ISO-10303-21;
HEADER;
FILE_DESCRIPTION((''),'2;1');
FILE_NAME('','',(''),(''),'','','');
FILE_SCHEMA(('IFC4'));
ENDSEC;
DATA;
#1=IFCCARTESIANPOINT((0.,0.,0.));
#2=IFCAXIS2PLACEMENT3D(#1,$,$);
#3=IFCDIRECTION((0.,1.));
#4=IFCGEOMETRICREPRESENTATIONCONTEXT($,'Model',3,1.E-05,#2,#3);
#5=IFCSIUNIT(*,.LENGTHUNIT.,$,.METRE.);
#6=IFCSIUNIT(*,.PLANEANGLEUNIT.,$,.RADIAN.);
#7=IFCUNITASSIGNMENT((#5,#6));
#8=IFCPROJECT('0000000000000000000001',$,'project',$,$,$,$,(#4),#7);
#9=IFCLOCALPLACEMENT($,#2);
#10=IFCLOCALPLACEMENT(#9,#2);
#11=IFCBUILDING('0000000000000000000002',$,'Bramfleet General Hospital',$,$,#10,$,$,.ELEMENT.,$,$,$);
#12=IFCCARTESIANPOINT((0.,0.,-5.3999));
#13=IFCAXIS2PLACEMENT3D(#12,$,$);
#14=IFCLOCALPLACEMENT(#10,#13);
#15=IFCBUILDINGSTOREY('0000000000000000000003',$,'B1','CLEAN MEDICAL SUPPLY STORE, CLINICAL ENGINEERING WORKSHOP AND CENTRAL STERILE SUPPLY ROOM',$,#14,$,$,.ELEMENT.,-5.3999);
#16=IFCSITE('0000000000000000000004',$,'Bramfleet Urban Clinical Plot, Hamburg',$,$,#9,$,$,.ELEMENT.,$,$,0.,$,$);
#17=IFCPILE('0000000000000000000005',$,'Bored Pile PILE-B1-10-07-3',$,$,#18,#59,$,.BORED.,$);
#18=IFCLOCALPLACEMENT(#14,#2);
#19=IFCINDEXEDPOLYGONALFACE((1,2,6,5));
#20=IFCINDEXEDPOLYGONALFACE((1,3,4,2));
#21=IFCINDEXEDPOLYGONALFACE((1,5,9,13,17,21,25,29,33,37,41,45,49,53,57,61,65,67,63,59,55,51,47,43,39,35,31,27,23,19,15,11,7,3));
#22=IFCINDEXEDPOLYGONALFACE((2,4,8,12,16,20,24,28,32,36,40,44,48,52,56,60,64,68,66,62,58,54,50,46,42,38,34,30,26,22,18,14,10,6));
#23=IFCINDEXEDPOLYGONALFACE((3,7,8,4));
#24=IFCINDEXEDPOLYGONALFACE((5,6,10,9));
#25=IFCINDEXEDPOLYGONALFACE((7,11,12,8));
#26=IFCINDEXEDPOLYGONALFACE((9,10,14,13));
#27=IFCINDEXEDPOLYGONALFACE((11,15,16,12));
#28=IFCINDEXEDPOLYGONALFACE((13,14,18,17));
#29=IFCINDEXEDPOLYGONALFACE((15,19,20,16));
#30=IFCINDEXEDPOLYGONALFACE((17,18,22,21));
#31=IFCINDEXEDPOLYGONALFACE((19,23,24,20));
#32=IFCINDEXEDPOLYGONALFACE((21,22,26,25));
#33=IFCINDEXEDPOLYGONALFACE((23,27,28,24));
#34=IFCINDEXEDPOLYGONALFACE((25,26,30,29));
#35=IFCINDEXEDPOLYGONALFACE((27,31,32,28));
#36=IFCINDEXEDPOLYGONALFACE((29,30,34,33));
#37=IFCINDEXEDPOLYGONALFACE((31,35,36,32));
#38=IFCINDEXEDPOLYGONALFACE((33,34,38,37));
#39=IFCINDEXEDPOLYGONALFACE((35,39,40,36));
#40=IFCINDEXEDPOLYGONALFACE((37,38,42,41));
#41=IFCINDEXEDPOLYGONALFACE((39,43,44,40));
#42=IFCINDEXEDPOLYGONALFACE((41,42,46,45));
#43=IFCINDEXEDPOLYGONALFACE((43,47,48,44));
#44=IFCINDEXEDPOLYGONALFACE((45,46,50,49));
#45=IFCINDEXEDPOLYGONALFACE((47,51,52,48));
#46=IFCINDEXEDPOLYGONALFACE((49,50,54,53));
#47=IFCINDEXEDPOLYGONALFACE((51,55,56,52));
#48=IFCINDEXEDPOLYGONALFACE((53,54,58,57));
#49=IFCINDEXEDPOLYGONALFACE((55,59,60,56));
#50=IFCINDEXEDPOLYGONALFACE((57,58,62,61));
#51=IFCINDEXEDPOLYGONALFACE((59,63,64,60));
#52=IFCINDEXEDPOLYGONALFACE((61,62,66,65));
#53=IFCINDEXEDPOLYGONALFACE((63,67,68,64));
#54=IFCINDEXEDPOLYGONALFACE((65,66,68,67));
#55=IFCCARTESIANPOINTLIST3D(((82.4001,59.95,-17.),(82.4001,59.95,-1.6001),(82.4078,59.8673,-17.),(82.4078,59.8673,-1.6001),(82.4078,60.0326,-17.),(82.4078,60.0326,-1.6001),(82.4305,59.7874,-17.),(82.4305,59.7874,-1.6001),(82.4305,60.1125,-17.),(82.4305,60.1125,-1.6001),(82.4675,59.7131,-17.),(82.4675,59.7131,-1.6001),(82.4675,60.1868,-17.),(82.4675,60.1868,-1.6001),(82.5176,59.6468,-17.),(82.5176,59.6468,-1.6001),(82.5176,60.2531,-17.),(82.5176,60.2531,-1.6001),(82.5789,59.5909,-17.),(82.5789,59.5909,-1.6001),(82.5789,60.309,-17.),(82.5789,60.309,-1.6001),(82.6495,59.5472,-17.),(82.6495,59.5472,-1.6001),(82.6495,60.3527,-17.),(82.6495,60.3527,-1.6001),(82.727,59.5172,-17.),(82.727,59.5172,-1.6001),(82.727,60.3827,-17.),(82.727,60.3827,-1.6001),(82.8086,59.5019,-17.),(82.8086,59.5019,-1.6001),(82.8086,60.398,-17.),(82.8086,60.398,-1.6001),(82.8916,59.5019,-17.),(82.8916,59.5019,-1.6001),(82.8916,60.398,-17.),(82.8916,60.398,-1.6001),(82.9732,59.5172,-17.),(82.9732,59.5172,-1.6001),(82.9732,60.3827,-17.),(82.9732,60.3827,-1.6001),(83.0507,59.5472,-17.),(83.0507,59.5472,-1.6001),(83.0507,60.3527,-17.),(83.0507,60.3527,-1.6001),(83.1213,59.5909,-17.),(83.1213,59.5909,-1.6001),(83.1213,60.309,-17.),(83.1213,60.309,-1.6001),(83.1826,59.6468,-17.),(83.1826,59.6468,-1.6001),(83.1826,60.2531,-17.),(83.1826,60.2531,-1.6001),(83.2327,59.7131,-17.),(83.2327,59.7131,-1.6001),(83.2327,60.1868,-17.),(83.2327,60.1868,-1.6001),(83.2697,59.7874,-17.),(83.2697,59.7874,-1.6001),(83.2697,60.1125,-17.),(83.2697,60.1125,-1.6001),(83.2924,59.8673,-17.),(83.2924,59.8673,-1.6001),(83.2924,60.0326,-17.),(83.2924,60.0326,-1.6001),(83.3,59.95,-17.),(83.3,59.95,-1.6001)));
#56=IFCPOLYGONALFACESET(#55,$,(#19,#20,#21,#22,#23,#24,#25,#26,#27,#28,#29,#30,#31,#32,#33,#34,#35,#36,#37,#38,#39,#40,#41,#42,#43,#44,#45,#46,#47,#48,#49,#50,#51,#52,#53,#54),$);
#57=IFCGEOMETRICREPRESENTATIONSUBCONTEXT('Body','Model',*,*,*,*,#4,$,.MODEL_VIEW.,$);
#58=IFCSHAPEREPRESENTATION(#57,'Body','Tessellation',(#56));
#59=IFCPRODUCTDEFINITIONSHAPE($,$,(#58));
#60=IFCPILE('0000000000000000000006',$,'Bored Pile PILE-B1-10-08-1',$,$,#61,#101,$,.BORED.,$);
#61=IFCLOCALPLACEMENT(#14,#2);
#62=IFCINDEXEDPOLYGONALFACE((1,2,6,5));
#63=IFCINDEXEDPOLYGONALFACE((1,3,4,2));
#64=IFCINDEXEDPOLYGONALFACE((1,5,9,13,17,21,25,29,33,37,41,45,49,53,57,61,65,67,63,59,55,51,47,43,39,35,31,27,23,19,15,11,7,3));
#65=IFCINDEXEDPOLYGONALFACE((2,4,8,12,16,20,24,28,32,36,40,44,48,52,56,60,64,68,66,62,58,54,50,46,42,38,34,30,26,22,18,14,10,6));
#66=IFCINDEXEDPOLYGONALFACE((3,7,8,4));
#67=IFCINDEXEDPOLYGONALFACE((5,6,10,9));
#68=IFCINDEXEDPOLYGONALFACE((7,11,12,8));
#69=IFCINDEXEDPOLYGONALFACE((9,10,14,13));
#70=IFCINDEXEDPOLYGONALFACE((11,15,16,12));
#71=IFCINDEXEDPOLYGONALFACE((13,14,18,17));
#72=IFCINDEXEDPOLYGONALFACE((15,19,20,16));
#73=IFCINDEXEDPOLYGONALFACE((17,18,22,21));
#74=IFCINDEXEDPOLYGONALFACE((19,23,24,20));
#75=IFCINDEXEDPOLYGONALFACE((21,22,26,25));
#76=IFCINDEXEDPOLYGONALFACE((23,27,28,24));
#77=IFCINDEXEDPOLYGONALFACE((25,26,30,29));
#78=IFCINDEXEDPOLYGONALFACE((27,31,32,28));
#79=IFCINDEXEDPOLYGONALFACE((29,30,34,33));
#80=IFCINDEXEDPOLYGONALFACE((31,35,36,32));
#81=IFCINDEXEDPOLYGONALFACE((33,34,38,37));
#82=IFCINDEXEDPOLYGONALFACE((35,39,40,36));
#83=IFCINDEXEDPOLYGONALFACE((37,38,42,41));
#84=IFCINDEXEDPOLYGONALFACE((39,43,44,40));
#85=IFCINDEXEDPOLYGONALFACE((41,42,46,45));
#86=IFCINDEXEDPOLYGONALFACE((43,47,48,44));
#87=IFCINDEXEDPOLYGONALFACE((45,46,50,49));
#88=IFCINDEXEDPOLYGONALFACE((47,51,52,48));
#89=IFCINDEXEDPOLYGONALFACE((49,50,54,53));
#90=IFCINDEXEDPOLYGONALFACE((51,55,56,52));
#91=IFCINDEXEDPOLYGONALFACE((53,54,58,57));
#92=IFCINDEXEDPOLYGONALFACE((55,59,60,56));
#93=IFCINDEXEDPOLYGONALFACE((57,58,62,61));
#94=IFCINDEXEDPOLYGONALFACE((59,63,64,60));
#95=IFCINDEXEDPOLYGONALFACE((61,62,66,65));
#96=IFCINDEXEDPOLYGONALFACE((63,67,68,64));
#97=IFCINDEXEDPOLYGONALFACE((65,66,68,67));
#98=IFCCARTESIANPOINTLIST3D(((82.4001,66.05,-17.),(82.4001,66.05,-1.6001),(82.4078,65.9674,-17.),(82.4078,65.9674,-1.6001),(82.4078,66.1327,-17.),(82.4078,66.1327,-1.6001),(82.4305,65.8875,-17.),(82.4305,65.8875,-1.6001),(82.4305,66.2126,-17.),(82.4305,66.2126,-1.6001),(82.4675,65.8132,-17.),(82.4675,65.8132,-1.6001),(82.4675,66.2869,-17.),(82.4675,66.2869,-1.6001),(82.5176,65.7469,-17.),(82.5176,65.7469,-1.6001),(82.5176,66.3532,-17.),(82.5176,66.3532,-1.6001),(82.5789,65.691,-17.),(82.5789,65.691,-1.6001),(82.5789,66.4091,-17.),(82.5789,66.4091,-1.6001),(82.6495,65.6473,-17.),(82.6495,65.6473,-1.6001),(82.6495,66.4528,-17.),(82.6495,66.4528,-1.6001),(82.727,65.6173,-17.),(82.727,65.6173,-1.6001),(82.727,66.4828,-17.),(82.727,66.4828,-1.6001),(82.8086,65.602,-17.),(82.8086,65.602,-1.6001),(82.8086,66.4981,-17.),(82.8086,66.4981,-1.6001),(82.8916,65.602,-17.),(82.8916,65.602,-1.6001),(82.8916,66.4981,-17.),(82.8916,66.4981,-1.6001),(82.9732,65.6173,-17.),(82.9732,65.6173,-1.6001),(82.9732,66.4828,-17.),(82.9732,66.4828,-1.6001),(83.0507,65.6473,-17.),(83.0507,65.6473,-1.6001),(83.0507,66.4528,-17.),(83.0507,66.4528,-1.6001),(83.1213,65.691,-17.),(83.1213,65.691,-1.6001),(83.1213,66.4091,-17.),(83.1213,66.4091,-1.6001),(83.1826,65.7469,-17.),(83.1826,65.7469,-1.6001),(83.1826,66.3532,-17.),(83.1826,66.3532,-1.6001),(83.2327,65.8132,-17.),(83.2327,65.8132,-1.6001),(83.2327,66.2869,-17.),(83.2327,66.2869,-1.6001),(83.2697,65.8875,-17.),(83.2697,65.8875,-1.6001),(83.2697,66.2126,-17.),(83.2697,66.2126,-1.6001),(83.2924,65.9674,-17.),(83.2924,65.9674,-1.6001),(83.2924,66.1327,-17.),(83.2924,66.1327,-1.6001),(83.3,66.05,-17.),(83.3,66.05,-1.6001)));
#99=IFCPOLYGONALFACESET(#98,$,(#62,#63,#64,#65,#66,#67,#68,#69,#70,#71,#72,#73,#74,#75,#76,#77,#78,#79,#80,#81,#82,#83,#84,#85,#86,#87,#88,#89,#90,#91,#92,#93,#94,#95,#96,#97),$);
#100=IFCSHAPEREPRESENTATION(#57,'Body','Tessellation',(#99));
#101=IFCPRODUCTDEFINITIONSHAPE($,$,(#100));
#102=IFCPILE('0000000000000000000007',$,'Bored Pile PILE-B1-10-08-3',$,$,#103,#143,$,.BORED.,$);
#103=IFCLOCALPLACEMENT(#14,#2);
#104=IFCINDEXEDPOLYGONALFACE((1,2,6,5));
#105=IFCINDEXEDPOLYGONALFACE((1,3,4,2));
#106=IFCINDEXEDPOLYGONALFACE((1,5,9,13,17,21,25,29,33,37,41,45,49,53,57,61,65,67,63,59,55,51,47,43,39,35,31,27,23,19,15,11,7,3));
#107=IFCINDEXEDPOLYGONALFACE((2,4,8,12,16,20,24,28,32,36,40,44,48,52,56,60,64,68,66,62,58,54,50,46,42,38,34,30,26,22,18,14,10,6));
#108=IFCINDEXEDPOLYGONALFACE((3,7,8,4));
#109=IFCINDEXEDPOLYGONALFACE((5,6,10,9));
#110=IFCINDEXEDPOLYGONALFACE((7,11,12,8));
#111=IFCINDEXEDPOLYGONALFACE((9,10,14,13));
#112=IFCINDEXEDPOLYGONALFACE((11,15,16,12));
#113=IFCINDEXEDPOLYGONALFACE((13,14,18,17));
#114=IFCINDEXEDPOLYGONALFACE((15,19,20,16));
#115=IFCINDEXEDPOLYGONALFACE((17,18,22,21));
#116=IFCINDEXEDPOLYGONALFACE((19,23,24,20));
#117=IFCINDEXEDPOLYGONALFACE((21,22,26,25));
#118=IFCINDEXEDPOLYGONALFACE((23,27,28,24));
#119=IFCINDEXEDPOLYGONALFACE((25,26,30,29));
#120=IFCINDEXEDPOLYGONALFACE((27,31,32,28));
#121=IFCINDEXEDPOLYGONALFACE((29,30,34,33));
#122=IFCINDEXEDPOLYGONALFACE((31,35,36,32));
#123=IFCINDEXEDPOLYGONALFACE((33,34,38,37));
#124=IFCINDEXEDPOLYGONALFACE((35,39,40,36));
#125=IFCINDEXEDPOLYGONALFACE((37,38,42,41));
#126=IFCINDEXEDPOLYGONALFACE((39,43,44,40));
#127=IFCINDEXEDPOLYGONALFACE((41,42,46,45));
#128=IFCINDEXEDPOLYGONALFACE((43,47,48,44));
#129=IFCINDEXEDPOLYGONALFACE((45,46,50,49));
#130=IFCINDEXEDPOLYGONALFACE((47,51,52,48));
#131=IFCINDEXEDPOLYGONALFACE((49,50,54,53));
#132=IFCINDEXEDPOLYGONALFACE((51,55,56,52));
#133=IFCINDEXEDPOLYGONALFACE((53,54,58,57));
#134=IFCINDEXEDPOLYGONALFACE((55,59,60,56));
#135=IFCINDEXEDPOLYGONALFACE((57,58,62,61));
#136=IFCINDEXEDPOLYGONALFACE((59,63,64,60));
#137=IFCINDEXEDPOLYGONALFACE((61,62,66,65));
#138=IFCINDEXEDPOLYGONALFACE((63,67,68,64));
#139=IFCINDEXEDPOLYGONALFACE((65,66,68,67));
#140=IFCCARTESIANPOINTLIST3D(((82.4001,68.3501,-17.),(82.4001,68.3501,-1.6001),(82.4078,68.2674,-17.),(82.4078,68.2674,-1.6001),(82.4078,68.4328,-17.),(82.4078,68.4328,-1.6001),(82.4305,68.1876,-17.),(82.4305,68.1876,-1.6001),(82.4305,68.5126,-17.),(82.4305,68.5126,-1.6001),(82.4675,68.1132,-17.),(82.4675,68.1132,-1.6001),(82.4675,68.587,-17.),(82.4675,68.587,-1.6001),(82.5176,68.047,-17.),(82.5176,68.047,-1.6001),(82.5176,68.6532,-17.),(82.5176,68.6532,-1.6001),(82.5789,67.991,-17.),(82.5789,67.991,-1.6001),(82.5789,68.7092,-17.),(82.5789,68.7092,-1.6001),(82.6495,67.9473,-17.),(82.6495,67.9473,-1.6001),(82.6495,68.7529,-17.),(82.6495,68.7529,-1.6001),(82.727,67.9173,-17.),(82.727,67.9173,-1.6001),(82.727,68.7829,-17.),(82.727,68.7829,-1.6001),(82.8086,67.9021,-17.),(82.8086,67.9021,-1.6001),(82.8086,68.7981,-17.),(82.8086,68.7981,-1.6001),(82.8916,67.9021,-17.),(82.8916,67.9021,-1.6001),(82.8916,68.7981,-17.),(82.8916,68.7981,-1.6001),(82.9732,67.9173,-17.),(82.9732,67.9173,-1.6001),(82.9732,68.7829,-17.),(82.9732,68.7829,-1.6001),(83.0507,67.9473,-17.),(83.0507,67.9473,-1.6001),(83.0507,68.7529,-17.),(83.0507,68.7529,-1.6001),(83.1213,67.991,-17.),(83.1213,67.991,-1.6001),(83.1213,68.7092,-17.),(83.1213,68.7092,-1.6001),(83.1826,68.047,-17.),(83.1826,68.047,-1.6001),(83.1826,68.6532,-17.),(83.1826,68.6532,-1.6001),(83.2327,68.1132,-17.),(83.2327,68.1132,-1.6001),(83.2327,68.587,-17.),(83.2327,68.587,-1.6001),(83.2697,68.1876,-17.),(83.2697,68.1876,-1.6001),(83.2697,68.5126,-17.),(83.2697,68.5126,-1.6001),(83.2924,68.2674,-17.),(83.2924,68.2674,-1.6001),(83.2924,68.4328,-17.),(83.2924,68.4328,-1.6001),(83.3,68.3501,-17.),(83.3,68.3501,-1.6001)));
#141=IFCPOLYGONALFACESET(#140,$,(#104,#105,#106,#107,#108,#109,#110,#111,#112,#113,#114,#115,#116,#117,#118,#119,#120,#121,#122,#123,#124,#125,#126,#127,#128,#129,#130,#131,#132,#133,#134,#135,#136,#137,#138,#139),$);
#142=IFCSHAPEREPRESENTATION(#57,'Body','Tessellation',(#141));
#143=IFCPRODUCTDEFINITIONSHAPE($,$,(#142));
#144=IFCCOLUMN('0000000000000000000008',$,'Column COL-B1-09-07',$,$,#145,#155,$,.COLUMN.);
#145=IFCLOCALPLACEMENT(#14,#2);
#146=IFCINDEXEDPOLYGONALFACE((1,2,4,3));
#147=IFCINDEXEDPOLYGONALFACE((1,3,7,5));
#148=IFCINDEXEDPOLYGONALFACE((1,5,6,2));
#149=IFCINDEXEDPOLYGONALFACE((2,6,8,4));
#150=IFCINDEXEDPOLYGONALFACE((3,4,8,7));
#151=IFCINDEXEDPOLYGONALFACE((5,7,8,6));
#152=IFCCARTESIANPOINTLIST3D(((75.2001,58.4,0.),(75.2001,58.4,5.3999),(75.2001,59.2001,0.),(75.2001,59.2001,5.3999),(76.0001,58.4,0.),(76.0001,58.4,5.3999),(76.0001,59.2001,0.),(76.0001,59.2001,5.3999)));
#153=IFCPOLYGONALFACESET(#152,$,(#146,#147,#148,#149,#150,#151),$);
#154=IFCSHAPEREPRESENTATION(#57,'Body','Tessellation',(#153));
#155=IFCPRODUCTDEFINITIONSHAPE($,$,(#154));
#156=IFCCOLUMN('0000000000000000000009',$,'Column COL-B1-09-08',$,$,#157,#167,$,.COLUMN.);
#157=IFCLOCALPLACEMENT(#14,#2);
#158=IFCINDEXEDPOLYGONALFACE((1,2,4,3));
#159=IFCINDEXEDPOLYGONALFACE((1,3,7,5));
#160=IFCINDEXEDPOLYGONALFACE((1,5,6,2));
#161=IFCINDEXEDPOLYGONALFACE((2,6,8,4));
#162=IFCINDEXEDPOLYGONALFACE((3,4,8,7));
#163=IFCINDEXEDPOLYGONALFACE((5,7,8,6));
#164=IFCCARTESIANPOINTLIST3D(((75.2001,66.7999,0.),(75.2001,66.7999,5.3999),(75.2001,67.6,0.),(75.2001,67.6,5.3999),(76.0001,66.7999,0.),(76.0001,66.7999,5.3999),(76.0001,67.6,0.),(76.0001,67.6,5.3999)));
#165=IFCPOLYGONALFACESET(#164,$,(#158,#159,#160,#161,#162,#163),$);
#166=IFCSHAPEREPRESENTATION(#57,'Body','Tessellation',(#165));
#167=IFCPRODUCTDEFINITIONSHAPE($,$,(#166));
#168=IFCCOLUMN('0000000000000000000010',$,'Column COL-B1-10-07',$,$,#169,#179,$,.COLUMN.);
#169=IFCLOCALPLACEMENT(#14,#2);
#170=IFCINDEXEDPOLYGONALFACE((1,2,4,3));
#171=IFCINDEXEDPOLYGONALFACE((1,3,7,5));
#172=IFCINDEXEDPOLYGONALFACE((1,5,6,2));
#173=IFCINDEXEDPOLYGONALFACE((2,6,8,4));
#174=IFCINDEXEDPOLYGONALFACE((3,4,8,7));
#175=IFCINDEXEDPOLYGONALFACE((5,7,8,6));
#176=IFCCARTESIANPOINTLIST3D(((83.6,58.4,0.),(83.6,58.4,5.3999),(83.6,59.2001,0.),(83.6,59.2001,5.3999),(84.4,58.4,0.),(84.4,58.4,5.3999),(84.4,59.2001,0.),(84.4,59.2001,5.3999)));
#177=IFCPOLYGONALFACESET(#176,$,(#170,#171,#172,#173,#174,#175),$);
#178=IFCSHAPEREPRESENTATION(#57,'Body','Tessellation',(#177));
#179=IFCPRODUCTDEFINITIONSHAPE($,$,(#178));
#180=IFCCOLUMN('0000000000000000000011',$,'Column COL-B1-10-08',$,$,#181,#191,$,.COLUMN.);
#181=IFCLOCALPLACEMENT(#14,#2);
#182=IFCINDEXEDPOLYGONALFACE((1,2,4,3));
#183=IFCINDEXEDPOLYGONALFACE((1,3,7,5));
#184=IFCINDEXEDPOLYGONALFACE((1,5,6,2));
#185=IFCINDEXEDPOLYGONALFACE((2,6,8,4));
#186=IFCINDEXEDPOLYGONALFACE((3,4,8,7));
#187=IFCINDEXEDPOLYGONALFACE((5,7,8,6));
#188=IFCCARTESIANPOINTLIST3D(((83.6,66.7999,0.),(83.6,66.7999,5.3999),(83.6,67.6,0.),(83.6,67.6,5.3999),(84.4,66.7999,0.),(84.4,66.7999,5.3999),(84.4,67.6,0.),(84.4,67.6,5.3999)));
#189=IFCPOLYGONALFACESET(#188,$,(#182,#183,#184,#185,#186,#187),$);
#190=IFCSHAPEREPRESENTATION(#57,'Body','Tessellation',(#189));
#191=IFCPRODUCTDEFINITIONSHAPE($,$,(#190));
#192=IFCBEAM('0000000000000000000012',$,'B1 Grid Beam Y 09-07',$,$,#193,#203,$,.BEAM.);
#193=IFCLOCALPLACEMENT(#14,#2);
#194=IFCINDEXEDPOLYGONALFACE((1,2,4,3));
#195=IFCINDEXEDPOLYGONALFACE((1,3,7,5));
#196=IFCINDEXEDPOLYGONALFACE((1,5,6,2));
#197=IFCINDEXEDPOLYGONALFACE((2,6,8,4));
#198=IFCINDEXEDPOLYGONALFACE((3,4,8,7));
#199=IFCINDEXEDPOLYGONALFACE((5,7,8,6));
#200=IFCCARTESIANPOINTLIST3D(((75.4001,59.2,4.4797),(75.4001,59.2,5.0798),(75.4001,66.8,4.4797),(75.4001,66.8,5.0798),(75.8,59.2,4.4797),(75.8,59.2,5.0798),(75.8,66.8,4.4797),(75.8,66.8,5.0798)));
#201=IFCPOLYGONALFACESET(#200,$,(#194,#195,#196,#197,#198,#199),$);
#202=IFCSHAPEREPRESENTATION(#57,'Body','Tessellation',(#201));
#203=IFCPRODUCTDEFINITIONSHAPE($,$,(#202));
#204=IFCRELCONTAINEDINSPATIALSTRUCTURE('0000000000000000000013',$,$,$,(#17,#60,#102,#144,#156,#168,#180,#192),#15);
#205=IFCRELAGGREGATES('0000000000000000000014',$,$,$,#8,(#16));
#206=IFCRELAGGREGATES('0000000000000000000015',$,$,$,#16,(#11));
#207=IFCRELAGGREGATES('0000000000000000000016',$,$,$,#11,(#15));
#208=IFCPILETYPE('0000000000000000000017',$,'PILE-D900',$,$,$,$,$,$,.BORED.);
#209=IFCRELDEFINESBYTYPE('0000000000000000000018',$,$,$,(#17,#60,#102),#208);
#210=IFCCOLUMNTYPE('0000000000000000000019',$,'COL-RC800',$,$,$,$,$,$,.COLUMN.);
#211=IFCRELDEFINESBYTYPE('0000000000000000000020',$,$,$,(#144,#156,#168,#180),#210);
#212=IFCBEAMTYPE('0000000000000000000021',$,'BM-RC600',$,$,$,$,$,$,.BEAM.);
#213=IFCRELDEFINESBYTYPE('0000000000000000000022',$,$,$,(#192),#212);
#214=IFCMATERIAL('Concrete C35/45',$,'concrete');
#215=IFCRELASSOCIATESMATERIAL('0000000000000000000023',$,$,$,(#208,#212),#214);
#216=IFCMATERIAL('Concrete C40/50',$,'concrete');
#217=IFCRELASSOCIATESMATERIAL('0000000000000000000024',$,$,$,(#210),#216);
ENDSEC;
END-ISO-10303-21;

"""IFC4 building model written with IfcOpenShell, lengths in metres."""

from ifc_helpers import new_model, si_unit, direction, frame, origin, origin_2d, place, context, subcontext, project, spatial, rectangle, circle, extrude, material, material_profile, profile_set, type_object, element, save


model = new_model("IFC4")

# Units and contexts
model_context = context("Model", 3, precision=1e-05, world=origin(), true_north=direction((0.0, 1.0)))
body_context = subcontext(model_context, "Body", "Model", "MODEL_VIEW")
ifc_project = project(units=[si_unit("LENGTHUNIT", "METRE"), si_unit("PLANEANGLEUNIT", "RADIAN")], contexts=[model_context])

# Site, building, storey
site_placement = place(None, origin())
site = spatial("IfcSite", under=ifc_project, at=site_placement, Name="Bramfleet Urban Clinical Plot, Hamburg", CompositionType="ELEMENT", RefElevation=0.0)
building_placement = place(site_placement, origin())
building = spatial("IfcBuilding", under=site, at=building_placement, Name="Bramfleet General Hospital", CompositionType="ELEMENT")
storey_placement = place(building_placement, frame((0.0, 0.0, -5.3999)))
storey = spatial("IfcBuildingStorey", under=building, at=storey_placement, Name="B1", Description="CLEAN MEDICAL SUPPLY STORE, CLINICAL ENGINEERING WORKSHOP AND CENTRAL STERILE SUPPLY ROOM", CompositionType="ELEMENT", Elevation=-5.3999)

# Shared definitions
ifc_material_1 = material(Name="Concrete C35/45", Category="concrete")

# Piles
ifc_material_profile_1 = material_profile(ifc_material_1, circle(Radius=0.45, at=origin_2d()), Name="PILE BORED D900")
ifc_profile_set_1 = profile_set([ifc_material_profile_1], Name="Concrete C35/45")
pile_type = type_object("IfcPileType", Name="PILE-D900", PredefinedType="BORED", material=ifc_profile_set_1)
for number, where, z_axis, x_axis, name in (
    (1, (82.8501, 59.95, -1.6001), (0.0, 0.0, -1.0), (1.0, 0.0, 0.0), "Bored Pile PILE-B1-10-07-3"),
    (2, (82.8501, 66.05, -1.6001), (0.0, 0.0, -1.0), (1.0, 0.0, 0.0), "Bored Pile PILE-B1-10-08-1"),
    (3, (82.8501, 68.3501, -1.6001), (0.0, 0.0, -1.0), (1.0, 0.0, 0.0), "Bored Pile PILE-B1-10-08-3"),
):
    element("IfcPile", number, at=place(storey_placement, frame(where, z_axis=z_axis, x_axis=x_axis)), inside=storey, type_object=pile_type, Name=name, PredefinedType="BORED", context=body_context, shape_type="SweptSolid", body=[
        extrude(circle(Radius=0.45, at=origin_2d()), origin(), (0.0, 0.0, 1.0), 15.3999),
    ])

# Columns
ifc_material_2 = material(Name="Concrete C40/50", Category="concrete")
ifc_material_profile_2 = material_profile(ifc_material_2, rectangle(XDim=0.8, YDim=0.8, at=origin_2d()), Name="RC COL 800x800")
ifc_profile_set_2 = profile_set([ifc_material_profile_2], Name="Concrete C40/50")
column_type = type_object("IfcColumnType", Name="COL-RC800", PredefinedType="COLUMN", material=ifc_profile_set_2)
for number, where, z_axis, x_axis, name in (
    (4, (75.6001, 58.8, 0.0), (0.0, 0.0, 1.0), (1.0, 0.0, 0.0), "Column COL-B1-09-07"),
    (5, (75.6001, 67.2, 0.0), (0.0, 0.0, 1.0), (1.0, 0.0, 0.0), "Column COL-B1-09-08"),
    (6, (84.0, 58.8, 0.0), (0.0, 0.0, 1.0), (1.0, 0.0, 0.0), "Column COL-B1-10-07"),
    (7, (84.0, 67.2, 0.0), (0.0, 0.0, 1.0), (1.0, 0.0, 0.0), "Column COL-B1-10-08"),
):
    element("IfcColumn", number, at=place(storey_placement, frame(where, z_axis=z_axis, x_axis=x_axis)), inside=storey, type_object=column_type, Name=name, PredefinedType="COLUMN", context=body_context, shape_type="SweptSolid", body=[
        extrude(rectangle(XDim=0.8, YDim=0.8, at=origin_2d()), origin(), (0.0, 0.0, 1.0), 5.3999),
    ])

# Beam
ifc_material_profile_3 = material_profile(ifc_material_1, rectangle(XDim=0.3999, YDim=0.6001, at=origin_2d()), Name="RC BM 600x400")
ifc_profile_set_3 = profile_set([ifc_material_profile_3], Name="Concrete C35/45")
beam_type_1 = type_object("IfcBeamType", Name="BM-RC600", PredefinedType="BEAM", material=ifc_profile_set_3)
beam_1_placement = place(storey_placement, frame((75.6001, 59.2, 4.7798), z_axis=(0.0, 1.0, 0.0), x_axis=(-1.0, 0.0, 0.0)))
element("IfcBeam", 8, at=beam_1_placement, inside=storey, type_object=beam_type_1, Name="B1 Grid Beam Y 09-07", PredefinedType="BEAM", context=body_context, shape_type="SweptSolid", body=[
    extrude(rectangle(XDim=0.3999, YDim=0.6001, at=origin_2d()), origin(), (0.0, 0.0, 1.0), 7.6001),
])

save(model, "model.ifc")
